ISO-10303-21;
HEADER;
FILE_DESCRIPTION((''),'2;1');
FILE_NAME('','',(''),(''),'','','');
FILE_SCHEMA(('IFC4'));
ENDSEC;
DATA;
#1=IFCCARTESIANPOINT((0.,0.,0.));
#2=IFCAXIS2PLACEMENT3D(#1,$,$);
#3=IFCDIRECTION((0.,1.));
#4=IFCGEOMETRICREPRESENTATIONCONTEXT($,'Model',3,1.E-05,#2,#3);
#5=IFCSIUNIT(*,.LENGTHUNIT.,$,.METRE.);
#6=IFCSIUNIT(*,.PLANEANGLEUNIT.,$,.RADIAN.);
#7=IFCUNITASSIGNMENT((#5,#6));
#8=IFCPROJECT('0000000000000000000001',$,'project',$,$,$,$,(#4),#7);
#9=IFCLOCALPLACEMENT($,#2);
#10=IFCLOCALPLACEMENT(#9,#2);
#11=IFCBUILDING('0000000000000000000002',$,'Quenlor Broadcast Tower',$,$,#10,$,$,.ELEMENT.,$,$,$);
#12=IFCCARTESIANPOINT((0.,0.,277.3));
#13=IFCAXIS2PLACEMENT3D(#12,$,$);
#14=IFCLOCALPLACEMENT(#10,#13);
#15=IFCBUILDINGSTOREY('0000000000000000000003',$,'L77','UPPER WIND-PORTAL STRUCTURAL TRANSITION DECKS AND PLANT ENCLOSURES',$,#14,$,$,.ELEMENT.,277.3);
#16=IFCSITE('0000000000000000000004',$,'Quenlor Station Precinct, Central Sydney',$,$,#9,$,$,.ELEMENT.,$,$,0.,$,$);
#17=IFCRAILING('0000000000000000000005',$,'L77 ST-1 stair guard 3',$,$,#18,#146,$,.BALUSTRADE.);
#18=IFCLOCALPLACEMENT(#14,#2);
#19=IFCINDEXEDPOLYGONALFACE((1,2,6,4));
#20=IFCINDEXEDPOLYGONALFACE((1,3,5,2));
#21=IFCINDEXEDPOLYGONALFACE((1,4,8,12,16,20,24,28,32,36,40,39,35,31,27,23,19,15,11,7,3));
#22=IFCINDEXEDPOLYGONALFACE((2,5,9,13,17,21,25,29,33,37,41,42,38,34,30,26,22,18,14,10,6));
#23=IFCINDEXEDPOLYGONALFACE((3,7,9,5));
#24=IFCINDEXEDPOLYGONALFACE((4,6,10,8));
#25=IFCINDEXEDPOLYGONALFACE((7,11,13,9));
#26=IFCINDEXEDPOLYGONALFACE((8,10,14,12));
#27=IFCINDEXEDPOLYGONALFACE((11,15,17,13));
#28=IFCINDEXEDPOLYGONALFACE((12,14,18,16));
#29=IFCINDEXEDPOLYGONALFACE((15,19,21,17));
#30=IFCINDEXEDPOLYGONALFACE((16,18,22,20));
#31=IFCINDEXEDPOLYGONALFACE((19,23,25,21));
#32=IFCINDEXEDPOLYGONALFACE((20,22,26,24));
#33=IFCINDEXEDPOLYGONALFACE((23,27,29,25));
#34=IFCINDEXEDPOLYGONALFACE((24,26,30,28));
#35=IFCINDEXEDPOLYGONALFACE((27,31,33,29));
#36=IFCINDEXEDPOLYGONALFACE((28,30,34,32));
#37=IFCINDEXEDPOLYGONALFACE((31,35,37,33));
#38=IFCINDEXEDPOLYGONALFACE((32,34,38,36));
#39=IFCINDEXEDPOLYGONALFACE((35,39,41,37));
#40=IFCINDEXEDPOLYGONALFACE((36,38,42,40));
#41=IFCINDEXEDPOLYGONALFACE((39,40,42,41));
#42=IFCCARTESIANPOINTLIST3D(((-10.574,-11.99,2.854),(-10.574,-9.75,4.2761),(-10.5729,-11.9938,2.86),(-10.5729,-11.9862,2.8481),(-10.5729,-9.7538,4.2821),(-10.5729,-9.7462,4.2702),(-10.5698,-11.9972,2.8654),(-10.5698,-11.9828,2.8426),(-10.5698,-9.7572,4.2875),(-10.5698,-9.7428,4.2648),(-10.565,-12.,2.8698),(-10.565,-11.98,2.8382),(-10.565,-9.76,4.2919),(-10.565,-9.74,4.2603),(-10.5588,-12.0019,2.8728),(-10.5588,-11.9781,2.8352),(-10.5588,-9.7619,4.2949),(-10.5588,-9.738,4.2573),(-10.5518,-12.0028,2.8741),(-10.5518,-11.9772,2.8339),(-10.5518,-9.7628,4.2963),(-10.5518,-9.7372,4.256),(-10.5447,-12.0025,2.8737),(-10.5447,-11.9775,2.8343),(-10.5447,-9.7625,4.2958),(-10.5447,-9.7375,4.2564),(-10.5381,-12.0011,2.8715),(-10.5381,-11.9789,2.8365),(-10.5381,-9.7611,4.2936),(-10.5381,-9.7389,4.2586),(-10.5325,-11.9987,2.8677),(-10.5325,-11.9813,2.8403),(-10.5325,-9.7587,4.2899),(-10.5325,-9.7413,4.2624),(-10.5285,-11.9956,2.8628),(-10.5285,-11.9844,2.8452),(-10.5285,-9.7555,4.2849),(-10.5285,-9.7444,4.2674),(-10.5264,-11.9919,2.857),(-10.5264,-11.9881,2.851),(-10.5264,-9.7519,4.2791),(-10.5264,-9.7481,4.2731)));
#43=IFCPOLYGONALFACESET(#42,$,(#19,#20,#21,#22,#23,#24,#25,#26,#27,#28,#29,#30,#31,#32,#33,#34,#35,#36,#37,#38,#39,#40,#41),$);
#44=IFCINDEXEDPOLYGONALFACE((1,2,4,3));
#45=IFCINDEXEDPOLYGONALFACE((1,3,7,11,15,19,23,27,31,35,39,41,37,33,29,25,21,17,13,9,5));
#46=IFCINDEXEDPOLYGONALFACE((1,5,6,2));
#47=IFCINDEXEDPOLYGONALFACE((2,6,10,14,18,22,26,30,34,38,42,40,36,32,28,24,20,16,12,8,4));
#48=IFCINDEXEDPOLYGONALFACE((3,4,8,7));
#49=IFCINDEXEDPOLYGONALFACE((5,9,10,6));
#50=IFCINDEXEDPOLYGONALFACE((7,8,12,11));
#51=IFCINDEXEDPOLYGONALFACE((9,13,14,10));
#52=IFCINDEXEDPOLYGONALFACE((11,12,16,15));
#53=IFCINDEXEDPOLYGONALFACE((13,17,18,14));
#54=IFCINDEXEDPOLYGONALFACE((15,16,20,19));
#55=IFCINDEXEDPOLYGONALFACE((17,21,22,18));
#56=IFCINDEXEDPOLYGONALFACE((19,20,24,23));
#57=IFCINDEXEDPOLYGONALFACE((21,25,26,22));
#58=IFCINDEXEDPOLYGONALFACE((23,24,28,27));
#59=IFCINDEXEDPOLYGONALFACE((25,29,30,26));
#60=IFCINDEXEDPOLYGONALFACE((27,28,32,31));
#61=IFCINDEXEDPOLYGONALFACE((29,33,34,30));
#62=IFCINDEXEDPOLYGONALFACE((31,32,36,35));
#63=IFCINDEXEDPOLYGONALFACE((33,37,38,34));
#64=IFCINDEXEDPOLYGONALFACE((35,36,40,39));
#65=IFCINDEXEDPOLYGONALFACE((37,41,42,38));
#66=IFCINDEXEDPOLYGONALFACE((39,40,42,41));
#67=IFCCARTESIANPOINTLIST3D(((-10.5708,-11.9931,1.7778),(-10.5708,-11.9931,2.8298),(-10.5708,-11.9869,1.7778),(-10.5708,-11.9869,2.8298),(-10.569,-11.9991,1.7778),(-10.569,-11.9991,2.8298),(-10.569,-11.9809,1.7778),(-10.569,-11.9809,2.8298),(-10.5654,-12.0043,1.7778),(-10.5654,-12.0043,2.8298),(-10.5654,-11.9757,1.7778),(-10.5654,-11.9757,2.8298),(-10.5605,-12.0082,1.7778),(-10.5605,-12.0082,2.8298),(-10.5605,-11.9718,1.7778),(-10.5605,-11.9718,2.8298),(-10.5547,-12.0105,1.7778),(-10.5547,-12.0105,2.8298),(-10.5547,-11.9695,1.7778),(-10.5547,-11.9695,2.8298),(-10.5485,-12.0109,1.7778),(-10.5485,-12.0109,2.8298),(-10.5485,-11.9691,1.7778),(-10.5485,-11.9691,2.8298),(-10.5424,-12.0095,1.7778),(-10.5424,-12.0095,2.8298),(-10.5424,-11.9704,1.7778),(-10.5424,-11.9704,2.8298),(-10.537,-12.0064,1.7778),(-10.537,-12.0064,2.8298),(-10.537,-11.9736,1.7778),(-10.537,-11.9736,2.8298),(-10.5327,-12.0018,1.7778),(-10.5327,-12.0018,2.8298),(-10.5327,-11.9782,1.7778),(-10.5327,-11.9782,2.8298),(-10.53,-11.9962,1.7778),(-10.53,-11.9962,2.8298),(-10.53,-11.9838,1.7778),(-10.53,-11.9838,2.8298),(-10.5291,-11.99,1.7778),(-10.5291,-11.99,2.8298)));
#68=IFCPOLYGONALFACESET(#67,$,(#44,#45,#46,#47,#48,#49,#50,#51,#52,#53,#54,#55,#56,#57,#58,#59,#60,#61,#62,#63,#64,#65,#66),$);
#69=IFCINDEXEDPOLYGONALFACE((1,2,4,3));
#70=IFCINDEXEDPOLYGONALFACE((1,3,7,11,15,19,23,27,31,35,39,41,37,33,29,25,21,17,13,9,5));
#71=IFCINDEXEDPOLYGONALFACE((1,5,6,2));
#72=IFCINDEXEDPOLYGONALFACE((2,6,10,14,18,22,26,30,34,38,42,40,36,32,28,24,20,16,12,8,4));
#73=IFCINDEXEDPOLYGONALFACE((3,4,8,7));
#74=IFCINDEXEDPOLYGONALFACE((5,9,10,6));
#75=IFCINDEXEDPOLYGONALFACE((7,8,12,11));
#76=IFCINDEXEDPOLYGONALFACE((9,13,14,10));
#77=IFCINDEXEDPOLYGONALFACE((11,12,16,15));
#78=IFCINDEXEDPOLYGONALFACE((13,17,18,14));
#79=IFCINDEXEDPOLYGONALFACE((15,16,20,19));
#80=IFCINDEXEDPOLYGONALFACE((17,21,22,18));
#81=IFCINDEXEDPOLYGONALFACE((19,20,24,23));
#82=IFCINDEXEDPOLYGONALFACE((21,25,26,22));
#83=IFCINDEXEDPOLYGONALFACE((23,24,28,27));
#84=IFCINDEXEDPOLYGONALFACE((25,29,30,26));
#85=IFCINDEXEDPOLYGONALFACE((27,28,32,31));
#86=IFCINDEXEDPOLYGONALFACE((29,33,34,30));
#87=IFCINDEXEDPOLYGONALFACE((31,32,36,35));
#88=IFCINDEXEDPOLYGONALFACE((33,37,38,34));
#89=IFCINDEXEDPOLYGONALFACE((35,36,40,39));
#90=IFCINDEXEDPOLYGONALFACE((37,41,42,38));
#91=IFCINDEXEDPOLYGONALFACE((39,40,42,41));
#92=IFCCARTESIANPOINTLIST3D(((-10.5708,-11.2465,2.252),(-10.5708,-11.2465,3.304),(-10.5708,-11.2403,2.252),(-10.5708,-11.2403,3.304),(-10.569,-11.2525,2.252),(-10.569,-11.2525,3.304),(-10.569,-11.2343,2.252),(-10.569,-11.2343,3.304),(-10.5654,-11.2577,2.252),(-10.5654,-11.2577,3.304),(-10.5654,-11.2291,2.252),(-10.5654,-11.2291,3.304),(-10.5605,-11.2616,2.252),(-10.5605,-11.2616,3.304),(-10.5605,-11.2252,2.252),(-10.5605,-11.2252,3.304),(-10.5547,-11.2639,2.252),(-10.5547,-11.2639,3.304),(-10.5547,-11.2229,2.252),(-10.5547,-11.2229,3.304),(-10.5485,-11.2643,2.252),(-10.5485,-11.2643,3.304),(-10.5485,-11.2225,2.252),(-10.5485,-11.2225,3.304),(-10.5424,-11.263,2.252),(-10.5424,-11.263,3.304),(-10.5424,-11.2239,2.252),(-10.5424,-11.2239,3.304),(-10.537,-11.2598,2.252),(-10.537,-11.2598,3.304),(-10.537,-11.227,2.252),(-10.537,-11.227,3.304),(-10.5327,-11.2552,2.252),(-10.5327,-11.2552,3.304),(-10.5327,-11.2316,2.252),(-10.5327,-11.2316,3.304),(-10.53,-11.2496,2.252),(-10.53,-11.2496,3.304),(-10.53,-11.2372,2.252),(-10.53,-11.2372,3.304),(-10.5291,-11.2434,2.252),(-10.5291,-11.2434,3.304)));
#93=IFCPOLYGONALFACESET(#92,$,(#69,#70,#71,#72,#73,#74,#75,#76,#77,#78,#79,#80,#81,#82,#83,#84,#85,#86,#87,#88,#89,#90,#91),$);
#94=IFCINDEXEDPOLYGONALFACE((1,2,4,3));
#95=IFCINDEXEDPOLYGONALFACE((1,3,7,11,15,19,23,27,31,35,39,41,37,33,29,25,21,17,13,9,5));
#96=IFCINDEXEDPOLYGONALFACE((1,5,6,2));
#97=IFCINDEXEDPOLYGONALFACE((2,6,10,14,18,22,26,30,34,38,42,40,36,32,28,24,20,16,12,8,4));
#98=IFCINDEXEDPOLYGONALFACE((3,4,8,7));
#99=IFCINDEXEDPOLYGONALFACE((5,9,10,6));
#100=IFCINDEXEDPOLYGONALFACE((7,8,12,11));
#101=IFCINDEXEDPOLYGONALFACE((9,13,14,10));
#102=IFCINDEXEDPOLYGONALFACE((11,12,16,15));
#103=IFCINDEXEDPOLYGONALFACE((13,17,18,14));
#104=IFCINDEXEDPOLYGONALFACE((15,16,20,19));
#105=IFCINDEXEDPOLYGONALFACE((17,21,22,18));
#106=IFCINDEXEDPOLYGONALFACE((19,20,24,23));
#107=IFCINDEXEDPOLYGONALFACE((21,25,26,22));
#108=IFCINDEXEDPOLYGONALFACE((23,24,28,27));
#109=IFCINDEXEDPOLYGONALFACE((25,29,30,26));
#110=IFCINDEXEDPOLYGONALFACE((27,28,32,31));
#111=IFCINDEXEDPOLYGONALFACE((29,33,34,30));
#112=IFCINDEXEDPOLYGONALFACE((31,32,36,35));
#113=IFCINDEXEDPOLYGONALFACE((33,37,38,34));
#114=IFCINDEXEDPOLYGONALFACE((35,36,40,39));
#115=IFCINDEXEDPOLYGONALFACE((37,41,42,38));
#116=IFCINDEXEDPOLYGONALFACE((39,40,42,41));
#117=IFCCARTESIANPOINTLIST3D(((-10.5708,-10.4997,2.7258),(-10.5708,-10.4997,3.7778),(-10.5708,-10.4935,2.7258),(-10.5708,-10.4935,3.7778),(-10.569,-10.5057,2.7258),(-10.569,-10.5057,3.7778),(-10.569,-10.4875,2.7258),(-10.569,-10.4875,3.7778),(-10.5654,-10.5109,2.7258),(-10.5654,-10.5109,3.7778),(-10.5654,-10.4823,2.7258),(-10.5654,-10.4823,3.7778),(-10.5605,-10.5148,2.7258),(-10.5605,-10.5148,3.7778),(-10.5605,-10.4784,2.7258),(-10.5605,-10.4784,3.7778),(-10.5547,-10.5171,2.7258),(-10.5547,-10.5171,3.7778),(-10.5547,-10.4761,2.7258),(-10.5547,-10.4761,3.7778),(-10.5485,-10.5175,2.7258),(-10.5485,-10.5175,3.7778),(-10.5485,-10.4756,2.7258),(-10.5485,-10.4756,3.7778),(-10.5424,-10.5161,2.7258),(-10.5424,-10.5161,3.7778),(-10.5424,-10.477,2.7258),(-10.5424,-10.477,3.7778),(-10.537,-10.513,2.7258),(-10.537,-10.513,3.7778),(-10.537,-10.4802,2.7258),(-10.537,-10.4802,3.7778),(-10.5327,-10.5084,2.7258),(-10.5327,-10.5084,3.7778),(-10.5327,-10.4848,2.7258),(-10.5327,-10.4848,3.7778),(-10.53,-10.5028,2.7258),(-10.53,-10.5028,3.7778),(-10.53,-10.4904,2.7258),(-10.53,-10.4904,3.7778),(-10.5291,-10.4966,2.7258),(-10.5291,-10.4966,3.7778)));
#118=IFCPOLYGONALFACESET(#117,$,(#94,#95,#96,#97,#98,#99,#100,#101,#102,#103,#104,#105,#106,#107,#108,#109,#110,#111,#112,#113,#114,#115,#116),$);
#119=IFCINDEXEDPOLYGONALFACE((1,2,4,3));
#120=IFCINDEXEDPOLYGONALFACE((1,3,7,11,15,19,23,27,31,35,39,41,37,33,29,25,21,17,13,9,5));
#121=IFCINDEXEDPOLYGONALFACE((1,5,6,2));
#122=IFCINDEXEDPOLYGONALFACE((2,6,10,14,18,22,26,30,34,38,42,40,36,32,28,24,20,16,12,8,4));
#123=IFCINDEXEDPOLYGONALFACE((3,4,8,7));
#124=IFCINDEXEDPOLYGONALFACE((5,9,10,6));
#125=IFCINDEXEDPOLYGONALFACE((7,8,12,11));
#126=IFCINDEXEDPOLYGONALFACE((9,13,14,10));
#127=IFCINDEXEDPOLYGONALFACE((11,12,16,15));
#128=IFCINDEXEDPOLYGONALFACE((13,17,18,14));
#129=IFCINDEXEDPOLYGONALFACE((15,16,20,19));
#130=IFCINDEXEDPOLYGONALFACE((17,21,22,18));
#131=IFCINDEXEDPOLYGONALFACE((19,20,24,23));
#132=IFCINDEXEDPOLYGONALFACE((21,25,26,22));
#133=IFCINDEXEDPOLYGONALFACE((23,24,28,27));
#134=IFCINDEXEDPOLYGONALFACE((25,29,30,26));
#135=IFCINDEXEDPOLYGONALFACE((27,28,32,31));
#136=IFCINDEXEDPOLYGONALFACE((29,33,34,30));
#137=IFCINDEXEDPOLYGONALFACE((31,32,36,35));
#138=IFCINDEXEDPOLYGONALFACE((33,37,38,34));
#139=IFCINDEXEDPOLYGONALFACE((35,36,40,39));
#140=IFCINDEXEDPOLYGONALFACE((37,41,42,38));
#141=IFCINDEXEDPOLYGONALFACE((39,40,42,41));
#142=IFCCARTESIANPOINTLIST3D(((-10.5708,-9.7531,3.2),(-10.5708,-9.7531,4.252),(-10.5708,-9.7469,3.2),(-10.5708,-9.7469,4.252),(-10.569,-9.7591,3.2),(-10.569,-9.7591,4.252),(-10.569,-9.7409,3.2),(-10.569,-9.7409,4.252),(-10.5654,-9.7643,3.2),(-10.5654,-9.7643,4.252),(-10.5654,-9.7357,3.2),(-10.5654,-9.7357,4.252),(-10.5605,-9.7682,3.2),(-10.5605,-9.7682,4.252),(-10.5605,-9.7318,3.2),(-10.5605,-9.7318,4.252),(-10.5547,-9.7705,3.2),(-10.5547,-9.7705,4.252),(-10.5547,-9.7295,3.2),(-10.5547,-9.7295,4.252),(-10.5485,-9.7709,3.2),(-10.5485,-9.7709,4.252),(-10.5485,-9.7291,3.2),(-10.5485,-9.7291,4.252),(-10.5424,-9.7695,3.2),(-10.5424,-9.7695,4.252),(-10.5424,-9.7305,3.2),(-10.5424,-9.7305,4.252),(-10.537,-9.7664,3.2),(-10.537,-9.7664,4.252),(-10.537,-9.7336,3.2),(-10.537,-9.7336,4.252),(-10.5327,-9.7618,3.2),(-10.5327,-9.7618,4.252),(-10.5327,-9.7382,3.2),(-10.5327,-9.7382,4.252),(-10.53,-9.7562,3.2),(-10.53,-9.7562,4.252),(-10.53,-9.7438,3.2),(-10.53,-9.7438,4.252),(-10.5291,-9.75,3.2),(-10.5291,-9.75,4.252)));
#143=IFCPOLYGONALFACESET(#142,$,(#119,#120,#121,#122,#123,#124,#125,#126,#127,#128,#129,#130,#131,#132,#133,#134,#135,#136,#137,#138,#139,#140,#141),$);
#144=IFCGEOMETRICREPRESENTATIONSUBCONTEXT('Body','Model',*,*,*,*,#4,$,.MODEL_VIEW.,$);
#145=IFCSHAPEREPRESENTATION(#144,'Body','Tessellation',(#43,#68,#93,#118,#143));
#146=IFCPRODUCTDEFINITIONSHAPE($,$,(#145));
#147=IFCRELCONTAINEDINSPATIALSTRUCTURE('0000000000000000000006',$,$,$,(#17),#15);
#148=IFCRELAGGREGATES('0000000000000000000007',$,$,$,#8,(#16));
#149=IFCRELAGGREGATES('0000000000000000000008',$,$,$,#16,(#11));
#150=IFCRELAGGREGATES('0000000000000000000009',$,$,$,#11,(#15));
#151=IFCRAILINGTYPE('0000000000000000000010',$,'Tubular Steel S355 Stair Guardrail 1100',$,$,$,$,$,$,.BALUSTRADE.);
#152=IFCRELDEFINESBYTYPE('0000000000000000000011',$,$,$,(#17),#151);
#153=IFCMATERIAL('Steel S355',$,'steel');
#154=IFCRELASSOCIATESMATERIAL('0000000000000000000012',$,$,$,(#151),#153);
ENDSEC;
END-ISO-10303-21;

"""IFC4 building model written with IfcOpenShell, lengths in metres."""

from ifc_helpers import new_model, si_unit, direction, frame, origin, origin_2d, place, context, subcontext, project, spatial, circle, extrude, material, type_object, element, save


model = new_model("IFC4")

# Units and contexts
model_context = context("Model", 3, precision=1e-05, world=origin(), true_north=direction((0.0, 1.0)))
body_context = subcontext(model_context, "Body", "Model", "MODEL_VIEW")
ifc_project = project(units=[si_unit("LENGTHUNIT", "METRE"), si_unit("PLANEANGLEUNIT", "RADIAN")], contexts=[model_context])

# Site, building, storey
site_placement = place(None, origin())
site = spatial("IfcSite", under=ifc_project, at=site_placement, Name="Quenlor Station Precinct, Central Sydney", CompositionType="ELEMENT", RefElevation=0.0)
building_placement = place(site_placement, origin())
building = spatial("IfcBuilding", under=site, at=building_placement, Name="Quenlor Broadcast Tower", CompositionType="ELEMENT")
storey_placement = place(building_placement, frame((0.0, 0.0, 277.3)))
storey = spatial("IfcBuildingStorey", under=building, at=storey_placement, Name="L77", Description="UPPER WIND-PORTAL STRUCTURAL TRANSITION DECKS AND PLANT ENCLOSURES", CompositionType="ELEMENT", Elevation=277.3)

# Railing
ifc_material_1 = material(Name="Steel S355", Category="steel")
railing_type_1 = type_object("IfcRailingType", Name="Tubular Steel S355 Stair Guardrail 1100", PredefinedType="BALUSTRADE", material=ifc_material_1)
railing_1_placement = place(storey_placement, frame((-10.55, -11.99, 1.7778)))
element("IfcRailing", 1, at=railing_1_placement, inside=storey, type_object=railing_type_1, Name="L77 ST-1 stair guard 3", PredefinedType="BALUSTRADE", context=body_context, shape_type="SweptSolid", body=[
    extrude(circle(Radius=0.0239, at=origin_2d()), frame((0.0, 0.0, 1.0762), z_axis=(0.0, 0.844229, 0.535982), x_axis=(-1.0, 0.0, 0.0)), (0.0, 0.0, 1.0), 2.6533),
    extrude(circle(Radius=0.021, at=origin_2d()), origin(), (0.0, 0.0, 1.0), 1.052),
    extrude(circle(Radius=0.021, at=origin_2d()), frame((0.0, 0.7466, 0.4741)), (0.0, 0.0, 1.0), 1.052),
    extrude(circle(Radius=0.021, at=origin_2d()), frame((0.0, 1.4934, 0.948)), (0.0, 0.0, 1.0), 1.052),
    extrude(circle(Radius=0.021, at=origin_2d()), frame((0.0, 2.24, 1.4221)), (0.0, 0.0, 1.0), 1.052),
])

save(model, "model.ifc")
